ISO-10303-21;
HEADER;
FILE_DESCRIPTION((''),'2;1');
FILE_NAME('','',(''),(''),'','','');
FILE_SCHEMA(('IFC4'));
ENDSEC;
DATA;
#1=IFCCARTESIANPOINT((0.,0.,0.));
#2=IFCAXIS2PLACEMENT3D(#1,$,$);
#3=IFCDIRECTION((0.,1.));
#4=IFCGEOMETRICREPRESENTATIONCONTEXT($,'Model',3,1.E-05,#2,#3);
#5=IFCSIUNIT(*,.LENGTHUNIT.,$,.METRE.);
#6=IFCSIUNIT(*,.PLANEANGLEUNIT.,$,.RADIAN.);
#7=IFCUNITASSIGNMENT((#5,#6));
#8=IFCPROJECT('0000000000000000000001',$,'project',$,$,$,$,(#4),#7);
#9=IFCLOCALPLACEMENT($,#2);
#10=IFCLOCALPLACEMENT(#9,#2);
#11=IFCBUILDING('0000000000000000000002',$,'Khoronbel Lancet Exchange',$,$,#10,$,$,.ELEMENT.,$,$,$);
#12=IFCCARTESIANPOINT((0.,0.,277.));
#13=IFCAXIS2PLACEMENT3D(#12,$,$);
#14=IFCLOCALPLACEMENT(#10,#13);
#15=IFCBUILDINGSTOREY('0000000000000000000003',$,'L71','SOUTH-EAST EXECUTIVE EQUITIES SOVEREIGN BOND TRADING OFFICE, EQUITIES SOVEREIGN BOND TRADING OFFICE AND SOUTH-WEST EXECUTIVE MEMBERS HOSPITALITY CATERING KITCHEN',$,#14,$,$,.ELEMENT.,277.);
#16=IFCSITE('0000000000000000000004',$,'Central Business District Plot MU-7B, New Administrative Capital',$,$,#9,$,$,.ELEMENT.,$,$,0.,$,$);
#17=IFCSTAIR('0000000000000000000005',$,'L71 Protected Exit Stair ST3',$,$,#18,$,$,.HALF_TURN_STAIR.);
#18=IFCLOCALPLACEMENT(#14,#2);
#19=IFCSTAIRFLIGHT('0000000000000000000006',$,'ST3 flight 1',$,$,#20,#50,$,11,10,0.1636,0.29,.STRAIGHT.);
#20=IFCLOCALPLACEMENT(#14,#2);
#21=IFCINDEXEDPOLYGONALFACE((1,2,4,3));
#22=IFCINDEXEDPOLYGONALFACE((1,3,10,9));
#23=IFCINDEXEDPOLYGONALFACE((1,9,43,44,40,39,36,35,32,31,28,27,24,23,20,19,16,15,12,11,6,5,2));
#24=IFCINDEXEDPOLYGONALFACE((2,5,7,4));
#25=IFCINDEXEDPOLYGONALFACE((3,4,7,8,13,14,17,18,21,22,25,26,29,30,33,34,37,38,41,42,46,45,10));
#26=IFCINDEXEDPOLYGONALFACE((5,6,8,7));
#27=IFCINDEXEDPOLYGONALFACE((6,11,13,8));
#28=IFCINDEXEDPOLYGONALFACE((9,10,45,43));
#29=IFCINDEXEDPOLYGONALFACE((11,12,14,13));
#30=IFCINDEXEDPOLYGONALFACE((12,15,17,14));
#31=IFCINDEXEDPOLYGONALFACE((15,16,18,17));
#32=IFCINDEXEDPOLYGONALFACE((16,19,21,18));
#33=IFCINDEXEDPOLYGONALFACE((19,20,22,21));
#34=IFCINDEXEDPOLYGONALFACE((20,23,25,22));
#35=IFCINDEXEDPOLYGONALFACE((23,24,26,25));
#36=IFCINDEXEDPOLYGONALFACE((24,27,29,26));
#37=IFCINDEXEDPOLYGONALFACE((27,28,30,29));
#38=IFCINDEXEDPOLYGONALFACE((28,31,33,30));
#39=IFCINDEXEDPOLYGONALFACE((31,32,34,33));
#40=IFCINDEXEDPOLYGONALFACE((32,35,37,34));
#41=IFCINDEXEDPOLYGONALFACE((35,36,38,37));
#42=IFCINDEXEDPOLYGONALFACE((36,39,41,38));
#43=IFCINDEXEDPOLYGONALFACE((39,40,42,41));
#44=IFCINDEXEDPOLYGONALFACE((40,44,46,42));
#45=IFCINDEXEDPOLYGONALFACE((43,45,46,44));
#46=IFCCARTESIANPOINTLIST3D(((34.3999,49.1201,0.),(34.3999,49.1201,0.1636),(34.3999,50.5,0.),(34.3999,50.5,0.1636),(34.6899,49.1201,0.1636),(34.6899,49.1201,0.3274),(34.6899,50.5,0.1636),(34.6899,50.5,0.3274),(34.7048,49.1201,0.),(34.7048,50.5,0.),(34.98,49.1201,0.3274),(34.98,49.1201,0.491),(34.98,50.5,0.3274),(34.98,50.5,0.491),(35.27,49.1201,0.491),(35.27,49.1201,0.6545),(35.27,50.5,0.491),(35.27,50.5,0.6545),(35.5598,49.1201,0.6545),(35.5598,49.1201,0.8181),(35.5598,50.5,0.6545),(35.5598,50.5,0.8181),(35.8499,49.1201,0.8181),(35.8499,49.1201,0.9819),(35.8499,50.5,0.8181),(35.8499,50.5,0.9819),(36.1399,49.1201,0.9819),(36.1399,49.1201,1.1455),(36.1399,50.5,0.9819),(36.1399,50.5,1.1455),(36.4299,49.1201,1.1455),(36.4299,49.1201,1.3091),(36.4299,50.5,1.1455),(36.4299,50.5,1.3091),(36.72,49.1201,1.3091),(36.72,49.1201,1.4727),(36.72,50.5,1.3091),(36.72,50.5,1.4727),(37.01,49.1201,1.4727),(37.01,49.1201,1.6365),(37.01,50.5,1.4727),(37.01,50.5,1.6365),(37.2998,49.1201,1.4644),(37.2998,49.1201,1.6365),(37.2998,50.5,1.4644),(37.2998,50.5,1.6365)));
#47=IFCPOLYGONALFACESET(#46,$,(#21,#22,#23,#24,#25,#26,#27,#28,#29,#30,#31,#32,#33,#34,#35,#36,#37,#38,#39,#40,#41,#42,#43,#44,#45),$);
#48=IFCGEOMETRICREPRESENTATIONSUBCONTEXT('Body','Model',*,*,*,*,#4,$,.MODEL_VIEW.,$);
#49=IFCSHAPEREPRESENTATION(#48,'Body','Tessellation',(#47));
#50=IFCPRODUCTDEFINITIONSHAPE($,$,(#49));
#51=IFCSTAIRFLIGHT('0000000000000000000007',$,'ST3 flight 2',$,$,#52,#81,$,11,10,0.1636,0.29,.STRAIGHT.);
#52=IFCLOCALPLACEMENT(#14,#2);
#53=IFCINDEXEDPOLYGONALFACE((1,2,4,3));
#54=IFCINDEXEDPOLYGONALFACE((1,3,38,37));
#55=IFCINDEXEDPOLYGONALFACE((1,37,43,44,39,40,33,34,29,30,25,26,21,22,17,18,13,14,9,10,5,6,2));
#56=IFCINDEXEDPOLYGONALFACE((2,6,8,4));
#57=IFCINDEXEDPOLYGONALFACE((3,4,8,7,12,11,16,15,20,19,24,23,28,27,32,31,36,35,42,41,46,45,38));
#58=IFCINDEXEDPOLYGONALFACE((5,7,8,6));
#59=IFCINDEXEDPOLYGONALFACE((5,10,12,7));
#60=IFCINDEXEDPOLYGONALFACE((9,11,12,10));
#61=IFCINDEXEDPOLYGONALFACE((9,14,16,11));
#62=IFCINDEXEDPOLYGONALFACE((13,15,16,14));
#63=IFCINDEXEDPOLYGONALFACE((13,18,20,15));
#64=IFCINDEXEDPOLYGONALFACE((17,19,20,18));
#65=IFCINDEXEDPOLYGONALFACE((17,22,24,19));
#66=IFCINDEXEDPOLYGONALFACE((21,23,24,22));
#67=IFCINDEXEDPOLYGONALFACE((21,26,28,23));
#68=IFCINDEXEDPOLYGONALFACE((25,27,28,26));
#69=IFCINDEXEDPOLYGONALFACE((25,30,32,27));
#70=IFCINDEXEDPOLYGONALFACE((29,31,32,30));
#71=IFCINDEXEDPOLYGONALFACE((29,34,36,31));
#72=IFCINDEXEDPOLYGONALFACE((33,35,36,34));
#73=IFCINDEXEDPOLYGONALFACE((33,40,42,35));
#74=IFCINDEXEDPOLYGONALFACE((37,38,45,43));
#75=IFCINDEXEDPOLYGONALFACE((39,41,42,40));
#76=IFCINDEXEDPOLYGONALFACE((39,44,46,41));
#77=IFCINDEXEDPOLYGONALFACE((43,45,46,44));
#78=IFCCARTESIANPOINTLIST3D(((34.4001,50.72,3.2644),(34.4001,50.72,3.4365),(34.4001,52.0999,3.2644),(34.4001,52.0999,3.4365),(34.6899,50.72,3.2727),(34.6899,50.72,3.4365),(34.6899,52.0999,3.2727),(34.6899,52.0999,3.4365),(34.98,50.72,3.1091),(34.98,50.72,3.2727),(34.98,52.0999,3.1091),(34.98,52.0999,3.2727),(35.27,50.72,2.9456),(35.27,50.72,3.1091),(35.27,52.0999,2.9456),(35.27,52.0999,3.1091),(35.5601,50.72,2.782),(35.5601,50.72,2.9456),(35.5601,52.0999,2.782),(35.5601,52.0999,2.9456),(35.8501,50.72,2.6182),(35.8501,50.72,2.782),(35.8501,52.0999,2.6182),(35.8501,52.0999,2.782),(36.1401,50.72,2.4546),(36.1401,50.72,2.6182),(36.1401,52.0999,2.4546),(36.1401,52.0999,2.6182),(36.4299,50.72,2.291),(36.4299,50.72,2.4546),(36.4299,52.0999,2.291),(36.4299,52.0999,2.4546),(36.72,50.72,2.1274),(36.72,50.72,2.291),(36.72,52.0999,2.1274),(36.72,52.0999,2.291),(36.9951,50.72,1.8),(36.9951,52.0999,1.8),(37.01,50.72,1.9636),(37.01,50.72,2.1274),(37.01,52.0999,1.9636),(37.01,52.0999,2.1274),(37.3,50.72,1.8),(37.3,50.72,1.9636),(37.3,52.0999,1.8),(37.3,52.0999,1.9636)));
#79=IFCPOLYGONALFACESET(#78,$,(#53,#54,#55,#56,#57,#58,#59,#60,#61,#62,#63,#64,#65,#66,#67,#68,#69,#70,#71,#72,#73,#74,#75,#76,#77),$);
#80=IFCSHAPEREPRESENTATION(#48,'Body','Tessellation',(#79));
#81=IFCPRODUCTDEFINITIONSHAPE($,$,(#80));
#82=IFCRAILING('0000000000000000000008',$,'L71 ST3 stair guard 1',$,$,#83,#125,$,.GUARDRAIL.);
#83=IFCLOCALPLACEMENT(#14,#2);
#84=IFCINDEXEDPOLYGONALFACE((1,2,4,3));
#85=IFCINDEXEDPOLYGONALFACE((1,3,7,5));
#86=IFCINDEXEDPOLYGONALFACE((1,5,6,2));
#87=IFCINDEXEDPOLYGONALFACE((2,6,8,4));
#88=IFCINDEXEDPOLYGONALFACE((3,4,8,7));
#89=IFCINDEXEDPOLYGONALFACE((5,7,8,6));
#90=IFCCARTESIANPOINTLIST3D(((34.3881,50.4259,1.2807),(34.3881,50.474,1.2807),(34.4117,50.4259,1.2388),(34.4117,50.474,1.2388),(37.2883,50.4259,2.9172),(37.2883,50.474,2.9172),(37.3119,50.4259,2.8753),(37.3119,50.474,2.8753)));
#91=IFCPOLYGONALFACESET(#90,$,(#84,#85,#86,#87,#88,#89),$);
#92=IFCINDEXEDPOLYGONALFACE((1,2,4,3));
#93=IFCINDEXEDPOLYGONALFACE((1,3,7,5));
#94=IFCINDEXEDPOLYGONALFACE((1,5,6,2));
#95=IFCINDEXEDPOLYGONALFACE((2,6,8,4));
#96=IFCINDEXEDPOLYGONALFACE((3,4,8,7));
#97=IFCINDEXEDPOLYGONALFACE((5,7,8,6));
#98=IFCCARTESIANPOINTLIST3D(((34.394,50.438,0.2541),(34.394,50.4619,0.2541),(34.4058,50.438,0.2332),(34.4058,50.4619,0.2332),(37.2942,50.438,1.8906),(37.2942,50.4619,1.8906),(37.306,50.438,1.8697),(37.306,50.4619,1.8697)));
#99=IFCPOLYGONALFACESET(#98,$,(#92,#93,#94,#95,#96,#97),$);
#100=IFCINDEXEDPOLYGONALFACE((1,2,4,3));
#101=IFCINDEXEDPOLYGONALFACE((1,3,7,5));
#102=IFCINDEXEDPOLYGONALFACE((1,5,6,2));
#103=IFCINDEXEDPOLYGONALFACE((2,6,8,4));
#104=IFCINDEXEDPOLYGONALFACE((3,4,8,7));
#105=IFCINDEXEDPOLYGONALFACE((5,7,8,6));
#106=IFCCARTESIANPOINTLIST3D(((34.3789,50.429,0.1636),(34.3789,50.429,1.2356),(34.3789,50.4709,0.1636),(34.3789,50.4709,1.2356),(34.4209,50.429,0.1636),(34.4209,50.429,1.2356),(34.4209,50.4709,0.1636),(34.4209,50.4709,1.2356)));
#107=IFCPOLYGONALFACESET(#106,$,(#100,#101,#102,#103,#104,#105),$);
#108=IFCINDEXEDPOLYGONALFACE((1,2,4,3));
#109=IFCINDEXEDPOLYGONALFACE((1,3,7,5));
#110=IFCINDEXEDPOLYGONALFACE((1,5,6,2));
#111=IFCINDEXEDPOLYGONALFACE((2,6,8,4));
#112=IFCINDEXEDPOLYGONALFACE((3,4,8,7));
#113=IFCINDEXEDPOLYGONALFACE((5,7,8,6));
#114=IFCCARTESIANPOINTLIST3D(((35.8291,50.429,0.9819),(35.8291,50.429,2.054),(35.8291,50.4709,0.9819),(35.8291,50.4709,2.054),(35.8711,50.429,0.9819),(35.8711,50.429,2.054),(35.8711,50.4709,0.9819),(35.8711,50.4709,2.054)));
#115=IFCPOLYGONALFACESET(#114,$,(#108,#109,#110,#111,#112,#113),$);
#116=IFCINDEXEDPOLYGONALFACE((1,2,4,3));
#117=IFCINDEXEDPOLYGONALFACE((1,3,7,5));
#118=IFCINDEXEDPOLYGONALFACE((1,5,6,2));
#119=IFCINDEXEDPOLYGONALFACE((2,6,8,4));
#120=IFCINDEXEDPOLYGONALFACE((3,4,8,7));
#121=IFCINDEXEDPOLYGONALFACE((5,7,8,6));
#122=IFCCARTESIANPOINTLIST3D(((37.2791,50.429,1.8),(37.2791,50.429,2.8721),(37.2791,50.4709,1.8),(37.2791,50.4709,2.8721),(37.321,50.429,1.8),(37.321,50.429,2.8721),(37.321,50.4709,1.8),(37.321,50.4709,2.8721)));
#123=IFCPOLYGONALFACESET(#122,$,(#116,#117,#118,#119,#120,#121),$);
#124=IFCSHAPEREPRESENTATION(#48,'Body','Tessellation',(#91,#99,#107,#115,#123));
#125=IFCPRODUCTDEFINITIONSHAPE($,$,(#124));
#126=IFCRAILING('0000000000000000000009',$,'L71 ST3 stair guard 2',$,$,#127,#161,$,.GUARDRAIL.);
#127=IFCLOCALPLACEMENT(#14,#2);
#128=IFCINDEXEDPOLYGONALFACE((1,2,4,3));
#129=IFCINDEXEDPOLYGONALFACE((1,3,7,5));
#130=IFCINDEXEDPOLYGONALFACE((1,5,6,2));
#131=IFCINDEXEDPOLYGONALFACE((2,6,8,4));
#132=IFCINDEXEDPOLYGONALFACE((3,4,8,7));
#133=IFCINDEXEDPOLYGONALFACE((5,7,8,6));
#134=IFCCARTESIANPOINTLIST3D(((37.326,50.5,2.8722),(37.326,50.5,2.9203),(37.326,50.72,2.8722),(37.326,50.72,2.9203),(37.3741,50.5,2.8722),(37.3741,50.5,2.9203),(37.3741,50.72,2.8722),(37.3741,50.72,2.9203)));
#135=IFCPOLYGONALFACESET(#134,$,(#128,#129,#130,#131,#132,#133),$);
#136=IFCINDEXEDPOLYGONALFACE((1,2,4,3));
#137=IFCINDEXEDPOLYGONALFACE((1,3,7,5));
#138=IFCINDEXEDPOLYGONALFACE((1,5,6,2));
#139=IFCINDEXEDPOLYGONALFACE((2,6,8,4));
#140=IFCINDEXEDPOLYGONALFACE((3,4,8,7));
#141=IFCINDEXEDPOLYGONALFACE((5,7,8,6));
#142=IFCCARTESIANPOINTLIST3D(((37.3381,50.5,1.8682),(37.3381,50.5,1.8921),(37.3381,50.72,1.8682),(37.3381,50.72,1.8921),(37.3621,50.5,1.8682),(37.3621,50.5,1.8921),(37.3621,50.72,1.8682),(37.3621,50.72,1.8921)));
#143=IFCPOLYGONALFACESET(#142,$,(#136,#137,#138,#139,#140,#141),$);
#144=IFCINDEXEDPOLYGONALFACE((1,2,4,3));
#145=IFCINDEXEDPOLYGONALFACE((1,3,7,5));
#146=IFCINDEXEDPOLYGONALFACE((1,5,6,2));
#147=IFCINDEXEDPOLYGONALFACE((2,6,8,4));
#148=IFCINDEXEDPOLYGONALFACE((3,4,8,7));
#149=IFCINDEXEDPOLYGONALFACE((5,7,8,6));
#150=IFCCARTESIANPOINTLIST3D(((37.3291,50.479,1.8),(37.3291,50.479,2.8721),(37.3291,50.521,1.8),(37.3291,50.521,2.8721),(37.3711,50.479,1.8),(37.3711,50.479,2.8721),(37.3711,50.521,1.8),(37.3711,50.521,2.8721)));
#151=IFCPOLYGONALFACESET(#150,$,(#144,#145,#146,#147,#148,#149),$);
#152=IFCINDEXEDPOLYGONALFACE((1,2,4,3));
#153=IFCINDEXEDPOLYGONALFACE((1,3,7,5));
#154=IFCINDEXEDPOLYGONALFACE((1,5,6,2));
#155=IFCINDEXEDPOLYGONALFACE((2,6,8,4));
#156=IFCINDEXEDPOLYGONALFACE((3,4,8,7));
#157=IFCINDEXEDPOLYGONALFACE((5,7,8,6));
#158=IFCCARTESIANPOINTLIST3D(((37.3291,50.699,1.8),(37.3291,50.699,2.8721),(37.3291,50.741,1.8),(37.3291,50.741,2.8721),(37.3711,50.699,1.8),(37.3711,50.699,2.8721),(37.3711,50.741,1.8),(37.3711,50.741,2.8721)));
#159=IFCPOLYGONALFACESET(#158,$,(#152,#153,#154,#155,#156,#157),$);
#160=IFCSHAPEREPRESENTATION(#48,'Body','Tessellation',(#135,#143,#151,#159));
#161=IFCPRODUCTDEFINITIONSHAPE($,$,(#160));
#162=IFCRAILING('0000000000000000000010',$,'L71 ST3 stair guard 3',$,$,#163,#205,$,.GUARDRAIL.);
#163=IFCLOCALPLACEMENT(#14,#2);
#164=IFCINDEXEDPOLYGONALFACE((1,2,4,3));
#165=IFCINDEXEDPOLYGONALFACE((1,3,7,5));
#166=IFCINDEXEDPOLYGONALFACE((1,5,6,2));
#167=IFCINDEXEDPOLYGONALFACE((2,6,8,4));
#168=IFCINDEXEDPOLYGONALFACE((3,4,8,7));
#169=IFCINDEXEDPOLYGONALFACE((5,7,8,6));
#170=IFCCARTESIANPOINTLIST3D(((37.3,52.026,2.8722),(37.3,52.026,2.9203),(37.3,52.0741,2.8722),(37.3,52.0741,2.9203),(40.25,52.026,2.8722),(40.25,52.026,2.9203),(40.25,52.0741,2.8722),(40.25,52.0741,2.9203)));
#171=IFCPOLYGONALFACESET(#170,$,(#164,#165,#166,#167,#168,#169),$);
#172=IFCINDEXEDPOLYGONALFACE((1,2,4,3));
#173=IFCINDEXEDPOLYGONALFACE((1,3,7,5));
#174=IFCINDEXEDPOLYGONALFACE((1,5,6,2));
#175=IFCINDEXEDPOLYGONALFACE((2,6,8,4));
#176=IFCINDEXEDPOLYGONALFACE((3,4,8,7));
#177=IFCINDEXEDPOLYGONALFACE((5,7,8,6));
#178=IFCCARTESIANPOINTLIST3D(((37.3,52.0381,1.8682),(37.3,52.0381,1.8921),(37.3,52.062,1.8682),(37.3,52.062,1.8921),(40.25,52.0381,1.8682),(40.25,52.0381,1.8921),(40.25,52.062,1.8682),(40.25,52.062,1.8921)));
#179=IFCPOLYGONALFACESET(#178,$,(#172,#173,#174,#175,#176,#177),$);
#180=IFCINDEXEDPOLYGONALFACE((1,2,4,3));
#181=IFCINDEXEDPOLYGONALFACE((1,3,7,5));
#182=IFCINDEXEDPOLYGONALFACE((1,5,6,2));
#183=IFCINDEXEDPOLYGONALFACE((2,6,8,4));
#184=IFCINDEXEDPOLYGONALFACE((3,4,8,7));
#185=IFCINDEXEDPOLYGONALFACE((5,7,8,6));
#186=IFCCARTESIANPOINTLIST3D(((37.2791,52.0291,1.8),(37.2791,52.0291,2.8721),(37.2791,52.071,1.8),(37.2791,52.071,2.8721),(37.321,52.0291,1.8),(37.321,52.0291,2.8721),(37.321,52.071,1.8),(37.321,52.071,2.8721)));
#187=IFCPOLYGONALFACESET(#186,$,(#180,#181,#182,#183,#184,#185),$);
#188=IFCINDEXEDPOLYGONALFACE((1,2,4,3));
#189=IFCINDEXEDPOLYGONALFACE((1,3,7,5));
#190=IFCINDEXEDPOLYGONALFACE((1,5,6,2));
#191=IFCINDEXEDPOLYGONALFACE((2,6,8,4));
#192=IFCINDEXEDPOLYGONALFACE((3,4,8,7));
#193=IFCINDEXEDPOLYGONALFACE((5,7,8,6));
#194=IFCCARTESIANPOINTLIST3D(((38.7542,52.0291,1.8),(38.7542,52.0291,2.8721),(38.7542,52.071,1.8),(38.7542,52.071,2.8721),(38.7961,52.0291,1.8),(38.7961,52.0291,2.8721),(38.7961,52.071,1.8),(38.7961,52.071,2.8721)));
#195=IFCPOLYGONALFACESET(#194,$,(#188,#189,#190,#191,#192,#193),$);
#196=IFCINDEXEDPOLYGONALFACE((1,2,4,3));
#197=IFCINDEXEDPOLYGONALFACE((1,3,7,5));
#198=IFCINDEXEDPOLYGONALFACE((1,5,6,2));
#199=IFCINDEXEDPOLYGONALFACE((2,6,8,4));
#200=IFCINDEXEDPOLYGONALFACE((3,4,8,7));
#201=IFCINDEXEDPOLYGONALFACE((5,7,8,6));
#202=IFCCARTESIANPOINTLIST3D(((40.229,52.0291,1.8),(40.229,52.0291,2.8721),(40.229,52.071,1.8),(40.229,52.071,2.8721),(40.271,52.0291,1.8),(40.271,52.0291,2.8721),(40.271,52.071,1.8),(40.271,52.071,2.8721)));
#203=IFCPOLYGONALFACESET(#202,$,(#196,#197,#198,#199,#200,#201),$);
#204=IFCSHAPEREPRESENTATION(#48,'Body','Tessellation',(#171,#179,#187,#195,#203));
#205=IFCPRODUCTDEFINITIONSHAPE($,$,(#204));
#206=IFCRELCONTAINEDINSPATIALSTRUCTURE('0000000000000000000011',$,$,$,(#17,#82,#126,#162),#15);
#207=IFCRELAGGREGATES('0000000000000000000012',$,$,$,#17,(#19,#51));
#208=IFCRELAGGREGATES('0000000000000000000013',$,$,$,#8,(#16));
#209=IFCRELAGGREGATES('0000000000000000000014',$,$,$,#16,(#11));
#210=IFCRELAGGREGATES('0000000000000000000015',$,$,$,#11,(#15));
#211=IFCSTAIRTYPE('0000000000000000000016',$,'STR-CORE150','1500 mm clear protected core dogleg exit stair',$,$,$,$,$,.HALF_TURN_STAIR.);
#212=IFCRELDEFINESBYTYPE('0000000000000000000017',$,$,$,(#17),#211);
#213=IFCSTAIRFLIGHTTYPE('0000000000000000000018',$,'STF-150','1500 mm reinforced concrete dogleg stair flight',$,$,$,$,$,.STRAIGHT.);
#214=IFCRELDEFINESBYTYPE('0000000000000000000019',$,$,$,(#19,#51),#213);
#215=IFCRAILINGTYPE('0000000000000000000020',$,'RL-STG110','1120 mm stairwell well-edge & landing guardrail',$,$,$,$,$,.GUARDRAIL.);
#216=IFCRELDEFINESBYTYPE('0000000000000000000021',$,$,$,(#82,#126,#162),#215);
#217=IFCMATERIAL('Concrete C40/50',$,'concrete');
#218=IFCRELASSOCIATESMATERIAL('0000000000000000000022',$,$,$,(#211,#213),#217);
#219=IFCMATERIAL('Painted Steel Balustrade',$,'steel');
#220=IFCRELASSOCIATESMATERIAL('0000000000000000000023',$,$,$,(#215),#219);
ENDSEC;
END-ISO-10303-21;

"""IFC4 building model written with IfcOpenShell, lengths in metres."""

from ifc_helpers import new_model, si_unit, direction, frame, origin, origin_2d, place, context, subcontext, project, spatial, polyline, rectangle, outline, extrude, material, type_object, element, aggregate, save


model = new_model("IFC4")

# Units and contexts
model_context = context("Model", 3, precision=1e-05, world=origin(), true_north=direction((0.0, 1.0)))
body_context = subcontext(model_context, "Body", "Model", "MODEL_VIEW")
ifc_project = project(units=[si_unit("LENGTHUNIT", "METRE"), si_unit("PLANEANGLEUNIT", "RADIAN")], contexts=[model_context])

# Site, building, storey
site_placement = place(None, origin())
site = spatial("IfcSite", under=ifc_project, at=site_placement, Name="Central Business District Plot MU-7B, New Administrative Capital", CompositionType="ELEMENT", RefElevation=0.0)
building_placement = place(site_placement, origin())
building = spatial("IfcBuilding", under=site, at=building_placement, Name="Khoronbel Lancet Exchange", CompositionType="ELEMENT")
storey_placement = place(building_placement, frame((0.0, 0.0, 277.0)))
storey = spatial("IfcBuildingStorey", under=building, at=storey_placement, Name="L71", Description="SOUTH-EAST EXECUTIVE EQUITIES SOVEREIGN BOND TRADING OFFICE, EQUITIES SOVEREIGN BOND TRADING OFFICE AND SOUTH-WEST EXECUTIVE MEMBERS HOSPITALITY CATERING KITCHEN", CompositionType="ELEMENT", Elevation=277.0)

# Stair, stair flights
ifc_material_1 = material(Name="Concrete C40/50", Category="concrete")
stair_type = type_object("IfcStairType", Name="STR-CORE150", Description="1500 mm clear protected core dogleg exit stair", PredefinedType="HALF_TURN_STAIR", material=ifc_material_1)
stair_placement = place(storey_placement, origin())
stair = element("IfcStair", 1, at=stair_placement, inside=storey, type_object=stair_type, Name="L71 Protected Exit Stair ST3", PredefinedType="HALF_TURN_STAIR")
stair_flight_type = type_object("IfcStairFlightType", Name="STF-150", Description="1500 mm reinforced concrete dogleg stair flight", PredefinedType="STRAIGHT", material=ifc_material_1)
stair_flight_1_placement = place(storey_placement, frame((34.3999, 49.8101, 0.0), z_axis=(0.0, 0.0, 1.0), x_axis=(1.0, 0.0, 0.0)))
stair_flight_1 = element("IfcStairFlight", 2, at=stair_flight_1_placement, type_object=stair_flight_type, Name="ST3 flight 1", NumberOfRisers=11, NumberOfTreads=10, PredefinedType="STRAIGHT", RiserHeight=0.1636, TreadLength=0.29, context=body_context, shape_type="SweptSolid", body=[
    extrude(outline(polyline([(0.0, 0.0), (0.0, 0.1636), (0.29, 0.1636), (0.29, 0.3274), (0.5801, 0.3274), (0.5801, 0.491), (0.8701, 0.491), (0.8701, 0.6545), (1.1599, 0.6545), (1.1599, 0.8181), (1.45, 0.8181), (1.45, 0.9819), (1.74, 0.9819), (1.74, 1.1455), (2.03, 1.1455), (2.03, 1.3091), (2.3201, 1.3091), (2.3201, 1.4727), (2.6101, 1.4727), (2.6101, 1.6365), (2.8999, 1.6365), (2.8999, 1.8), (2.8999, 1.4644), (0.3049, 0.0), (0.0, 0.0)])), frame((0.0, 0.6899, 0.0), z_axis=(0.0, -1.0, 0.0), x_axis=(1.0, 0.0, 0.0)), (0.0, 0.0, 1.0), 1.3799),
])
stair_flight_2_placement = place(storey_placement, frame((37.3, 51.4099, 1.8), z_axis=(0.0, 0.0, 1.0), x_axis=(-1.0, 0.0, 0.0)))
stair_flight_2 = element("IfcStairFlight", 3, at=stair_flight_2_placement, type_object=stair_flight_type, Name="ST3 flight 2", NumberOfRisers=11, NumberOfTreads=10, PredefinedType="STRAIGHT", RiserHeight=0.1636, TreadLength=0.29, context=body_context, shape_type="SweptSolid", body=[
    extrude(outline(polyline([(0.0, 0.0), (0.0, 0.1636), (0.29, 0.1636), (0.29, 0.3274), (0.5801, 0.3274), (0.5801, 0.491), (0.8701, 0.491), (0.8701, 0.6545), (1.1599, 0.6545), (1.1599, 0.8181), (1.45, 0.8181), (1.45, 0.9819), (1.74, 0.9819), (1.74, 1.1455), (2.03, 1.1455), (2.03, 1.3091), (2.3201, 1.3091), (2.3201, 1.4727), (2.6101, 1.4727), (2.6101, 1.6365), (2.8999, 1.6365), (2.8999, 1.8), (2.8999, 1.4644), (0.3049, 0.0), (0.0, 0.0)])), frame((0.0, 0.6899, 0.0), z_axis=(0.0, -1.0, 0.0), x_axis=(1.0, 0.0, 0.0)), (0.0, 0.0, 1.0), 1.3799),
])
aggregate(stair, [stair_flight_1, stair_flight_2])

# Railings
ifc_material_2 = material(Name="Painted Steel Balustrade", Category="steel")
railing_type_1 = type_object("IfcRailingType", Name="RL-STG110", Description="1120 mm stairwell well-edge & landing guardrail", PredefinedType="GUARDRAIL", material=ifc_material_2)
railing_1_placement = place(storey_placement, frame((34.3999, 50.45, 0.1636)))
element("IfcRailing", 4, at=railing_1_placement, inside=storey, type_object=railing_type_1, Name="L71 ST3 stair guard 1", PredefinedType="GUARDRAIL", context=body_context, shape_type="SweptSolid", body=[
    extrude(rectangle(XDim=0.0481, YDim=0.0481, at=origin_2d()), frame((0.0, 0.0, 1.0962), z_axis=(0.870915, 0.0, 0.491434), x_axis=(0.0, 1.0, 0.0)), (0.0, 0.0, 1.0), 3.3301),
    extrude(rectangle(XDim=0.0239, YDim=0.0239, at=origin_2d()), frame((0.0, 0.0, 0.0801), z_axis=(0.870915, 0.0, 0.491434), x_axis=(0.0, 1.0, 0.0)), (0.0, 0.0, 1.0), 3.3301),
    extrude(rectangle(XDim=0.042, YDim=0.042, at=origin_2d()), origin(), (0.0, 0.0, 1.0), 1.072),
    extrude(rectangle(XDim=0.042, YDim=0.042, at=origin_2d()), frame((1.4502, 0.0, 0.8184)), (0.0, 0.0, 1.0), 1.072),
    extrude(rectangle(XDim=0.042, YDim=0.042, at=origin_2d()), frame((2.9001, 0.0, 1.6365)), (0.0, 0.0, 1.0), 1.072),
])
railing_2_placement = place(storey_placement, frame((37.3501, 50.5, 1.8)))
element("IfcRailing", 5, at=railing_2_placement, inside=storey, type_object=railing_type_1, Name="L71 ST3 stair guard 2", PredefinedType="GUARDRAIL", context=body_context, shape_type="SweptSolid", body=[
    extrude(rectangle(XDim=0.0481, YDim=0.0481, at=origin_2d()), frame((0.0, 0.0, 1.0962), z_axis=(0.0, 1.0, 0.0), x_axis=(-1.0, 0.0, 0.0)), (0.0, 0.0, 1.0), 0.22),
    extrude(rectangle(XDim=0.0239, YDim=0.0239, at=origin_2d()), frame((0.0, 0.0, 0.0801), z_axis=(0.0, 1.0, 0.0), x_axis=(-1.0, 0.0, 0.0)), (0.0, 0.0, 1.0), 0.22),
    extrude(rectangle(XDim=0.042, YDim=0.042, at=origin_2d()), origin(), (0.0, 0.0, 1.0), 1.072),
    extrude(rectangle(XDim=0.042, YDim=0.042, at=origin_2d()), frame((0.0, 0.22, 0.0)), (0.0, 0.0, 1.0), 1.072),
])
railing_3_placement = place(storey_placement, frame((37.3, 52.05, 1.8)))
element("IfcRailing", 6, at=railing_3_placement, inside=storey, type_object=railing_type_1, Name="L71 ST3 stair guard 3", PredefinedType="GUARDRAIL", context=body_context, shape_type="SweptSolid", body=[
    extrude(rectangle(XDim=0.0481, YDim=0.0481, at=origin_2d()), frame((0.0, 0.0, 1.0962), z_axis=(1.0, 0.0, 0.0), x_axis=(0.0, 1.0, 0.0)), (0.0, 0.0, 1.0), 2.95),
    extrude(rectangle(XDim=0.0239, YDim=0.0239, at=origin_2d()), frame((0.0, 0.0, 0.0801), z_axis=(1.0, 0.0, 0.0), x_axis=(0.0, 1.0, 0.0)), (0.0, 0.0, 1.0), 2.95),
    extrude(rectangle(XDim=0.042, YDim=0.042, at=origin_2d()), origin(), (0.0, 0.0, 1.0), 1.072),
    extrude(rectangle(XDim=0.042, YDim=0.042, at=origin_2d()), frame((1.4751, 0.0, 0.0)), (0.0, 0.0, 1.0), 1.072),
    extrude(rectangle(XDim=0.042, YDim=0.042, at=origin_2d()), frame((2.95, 0.0, 0.0)), (0.0, 0.0, 1.0), 1.072),
])

save(model, "model.ifc")
